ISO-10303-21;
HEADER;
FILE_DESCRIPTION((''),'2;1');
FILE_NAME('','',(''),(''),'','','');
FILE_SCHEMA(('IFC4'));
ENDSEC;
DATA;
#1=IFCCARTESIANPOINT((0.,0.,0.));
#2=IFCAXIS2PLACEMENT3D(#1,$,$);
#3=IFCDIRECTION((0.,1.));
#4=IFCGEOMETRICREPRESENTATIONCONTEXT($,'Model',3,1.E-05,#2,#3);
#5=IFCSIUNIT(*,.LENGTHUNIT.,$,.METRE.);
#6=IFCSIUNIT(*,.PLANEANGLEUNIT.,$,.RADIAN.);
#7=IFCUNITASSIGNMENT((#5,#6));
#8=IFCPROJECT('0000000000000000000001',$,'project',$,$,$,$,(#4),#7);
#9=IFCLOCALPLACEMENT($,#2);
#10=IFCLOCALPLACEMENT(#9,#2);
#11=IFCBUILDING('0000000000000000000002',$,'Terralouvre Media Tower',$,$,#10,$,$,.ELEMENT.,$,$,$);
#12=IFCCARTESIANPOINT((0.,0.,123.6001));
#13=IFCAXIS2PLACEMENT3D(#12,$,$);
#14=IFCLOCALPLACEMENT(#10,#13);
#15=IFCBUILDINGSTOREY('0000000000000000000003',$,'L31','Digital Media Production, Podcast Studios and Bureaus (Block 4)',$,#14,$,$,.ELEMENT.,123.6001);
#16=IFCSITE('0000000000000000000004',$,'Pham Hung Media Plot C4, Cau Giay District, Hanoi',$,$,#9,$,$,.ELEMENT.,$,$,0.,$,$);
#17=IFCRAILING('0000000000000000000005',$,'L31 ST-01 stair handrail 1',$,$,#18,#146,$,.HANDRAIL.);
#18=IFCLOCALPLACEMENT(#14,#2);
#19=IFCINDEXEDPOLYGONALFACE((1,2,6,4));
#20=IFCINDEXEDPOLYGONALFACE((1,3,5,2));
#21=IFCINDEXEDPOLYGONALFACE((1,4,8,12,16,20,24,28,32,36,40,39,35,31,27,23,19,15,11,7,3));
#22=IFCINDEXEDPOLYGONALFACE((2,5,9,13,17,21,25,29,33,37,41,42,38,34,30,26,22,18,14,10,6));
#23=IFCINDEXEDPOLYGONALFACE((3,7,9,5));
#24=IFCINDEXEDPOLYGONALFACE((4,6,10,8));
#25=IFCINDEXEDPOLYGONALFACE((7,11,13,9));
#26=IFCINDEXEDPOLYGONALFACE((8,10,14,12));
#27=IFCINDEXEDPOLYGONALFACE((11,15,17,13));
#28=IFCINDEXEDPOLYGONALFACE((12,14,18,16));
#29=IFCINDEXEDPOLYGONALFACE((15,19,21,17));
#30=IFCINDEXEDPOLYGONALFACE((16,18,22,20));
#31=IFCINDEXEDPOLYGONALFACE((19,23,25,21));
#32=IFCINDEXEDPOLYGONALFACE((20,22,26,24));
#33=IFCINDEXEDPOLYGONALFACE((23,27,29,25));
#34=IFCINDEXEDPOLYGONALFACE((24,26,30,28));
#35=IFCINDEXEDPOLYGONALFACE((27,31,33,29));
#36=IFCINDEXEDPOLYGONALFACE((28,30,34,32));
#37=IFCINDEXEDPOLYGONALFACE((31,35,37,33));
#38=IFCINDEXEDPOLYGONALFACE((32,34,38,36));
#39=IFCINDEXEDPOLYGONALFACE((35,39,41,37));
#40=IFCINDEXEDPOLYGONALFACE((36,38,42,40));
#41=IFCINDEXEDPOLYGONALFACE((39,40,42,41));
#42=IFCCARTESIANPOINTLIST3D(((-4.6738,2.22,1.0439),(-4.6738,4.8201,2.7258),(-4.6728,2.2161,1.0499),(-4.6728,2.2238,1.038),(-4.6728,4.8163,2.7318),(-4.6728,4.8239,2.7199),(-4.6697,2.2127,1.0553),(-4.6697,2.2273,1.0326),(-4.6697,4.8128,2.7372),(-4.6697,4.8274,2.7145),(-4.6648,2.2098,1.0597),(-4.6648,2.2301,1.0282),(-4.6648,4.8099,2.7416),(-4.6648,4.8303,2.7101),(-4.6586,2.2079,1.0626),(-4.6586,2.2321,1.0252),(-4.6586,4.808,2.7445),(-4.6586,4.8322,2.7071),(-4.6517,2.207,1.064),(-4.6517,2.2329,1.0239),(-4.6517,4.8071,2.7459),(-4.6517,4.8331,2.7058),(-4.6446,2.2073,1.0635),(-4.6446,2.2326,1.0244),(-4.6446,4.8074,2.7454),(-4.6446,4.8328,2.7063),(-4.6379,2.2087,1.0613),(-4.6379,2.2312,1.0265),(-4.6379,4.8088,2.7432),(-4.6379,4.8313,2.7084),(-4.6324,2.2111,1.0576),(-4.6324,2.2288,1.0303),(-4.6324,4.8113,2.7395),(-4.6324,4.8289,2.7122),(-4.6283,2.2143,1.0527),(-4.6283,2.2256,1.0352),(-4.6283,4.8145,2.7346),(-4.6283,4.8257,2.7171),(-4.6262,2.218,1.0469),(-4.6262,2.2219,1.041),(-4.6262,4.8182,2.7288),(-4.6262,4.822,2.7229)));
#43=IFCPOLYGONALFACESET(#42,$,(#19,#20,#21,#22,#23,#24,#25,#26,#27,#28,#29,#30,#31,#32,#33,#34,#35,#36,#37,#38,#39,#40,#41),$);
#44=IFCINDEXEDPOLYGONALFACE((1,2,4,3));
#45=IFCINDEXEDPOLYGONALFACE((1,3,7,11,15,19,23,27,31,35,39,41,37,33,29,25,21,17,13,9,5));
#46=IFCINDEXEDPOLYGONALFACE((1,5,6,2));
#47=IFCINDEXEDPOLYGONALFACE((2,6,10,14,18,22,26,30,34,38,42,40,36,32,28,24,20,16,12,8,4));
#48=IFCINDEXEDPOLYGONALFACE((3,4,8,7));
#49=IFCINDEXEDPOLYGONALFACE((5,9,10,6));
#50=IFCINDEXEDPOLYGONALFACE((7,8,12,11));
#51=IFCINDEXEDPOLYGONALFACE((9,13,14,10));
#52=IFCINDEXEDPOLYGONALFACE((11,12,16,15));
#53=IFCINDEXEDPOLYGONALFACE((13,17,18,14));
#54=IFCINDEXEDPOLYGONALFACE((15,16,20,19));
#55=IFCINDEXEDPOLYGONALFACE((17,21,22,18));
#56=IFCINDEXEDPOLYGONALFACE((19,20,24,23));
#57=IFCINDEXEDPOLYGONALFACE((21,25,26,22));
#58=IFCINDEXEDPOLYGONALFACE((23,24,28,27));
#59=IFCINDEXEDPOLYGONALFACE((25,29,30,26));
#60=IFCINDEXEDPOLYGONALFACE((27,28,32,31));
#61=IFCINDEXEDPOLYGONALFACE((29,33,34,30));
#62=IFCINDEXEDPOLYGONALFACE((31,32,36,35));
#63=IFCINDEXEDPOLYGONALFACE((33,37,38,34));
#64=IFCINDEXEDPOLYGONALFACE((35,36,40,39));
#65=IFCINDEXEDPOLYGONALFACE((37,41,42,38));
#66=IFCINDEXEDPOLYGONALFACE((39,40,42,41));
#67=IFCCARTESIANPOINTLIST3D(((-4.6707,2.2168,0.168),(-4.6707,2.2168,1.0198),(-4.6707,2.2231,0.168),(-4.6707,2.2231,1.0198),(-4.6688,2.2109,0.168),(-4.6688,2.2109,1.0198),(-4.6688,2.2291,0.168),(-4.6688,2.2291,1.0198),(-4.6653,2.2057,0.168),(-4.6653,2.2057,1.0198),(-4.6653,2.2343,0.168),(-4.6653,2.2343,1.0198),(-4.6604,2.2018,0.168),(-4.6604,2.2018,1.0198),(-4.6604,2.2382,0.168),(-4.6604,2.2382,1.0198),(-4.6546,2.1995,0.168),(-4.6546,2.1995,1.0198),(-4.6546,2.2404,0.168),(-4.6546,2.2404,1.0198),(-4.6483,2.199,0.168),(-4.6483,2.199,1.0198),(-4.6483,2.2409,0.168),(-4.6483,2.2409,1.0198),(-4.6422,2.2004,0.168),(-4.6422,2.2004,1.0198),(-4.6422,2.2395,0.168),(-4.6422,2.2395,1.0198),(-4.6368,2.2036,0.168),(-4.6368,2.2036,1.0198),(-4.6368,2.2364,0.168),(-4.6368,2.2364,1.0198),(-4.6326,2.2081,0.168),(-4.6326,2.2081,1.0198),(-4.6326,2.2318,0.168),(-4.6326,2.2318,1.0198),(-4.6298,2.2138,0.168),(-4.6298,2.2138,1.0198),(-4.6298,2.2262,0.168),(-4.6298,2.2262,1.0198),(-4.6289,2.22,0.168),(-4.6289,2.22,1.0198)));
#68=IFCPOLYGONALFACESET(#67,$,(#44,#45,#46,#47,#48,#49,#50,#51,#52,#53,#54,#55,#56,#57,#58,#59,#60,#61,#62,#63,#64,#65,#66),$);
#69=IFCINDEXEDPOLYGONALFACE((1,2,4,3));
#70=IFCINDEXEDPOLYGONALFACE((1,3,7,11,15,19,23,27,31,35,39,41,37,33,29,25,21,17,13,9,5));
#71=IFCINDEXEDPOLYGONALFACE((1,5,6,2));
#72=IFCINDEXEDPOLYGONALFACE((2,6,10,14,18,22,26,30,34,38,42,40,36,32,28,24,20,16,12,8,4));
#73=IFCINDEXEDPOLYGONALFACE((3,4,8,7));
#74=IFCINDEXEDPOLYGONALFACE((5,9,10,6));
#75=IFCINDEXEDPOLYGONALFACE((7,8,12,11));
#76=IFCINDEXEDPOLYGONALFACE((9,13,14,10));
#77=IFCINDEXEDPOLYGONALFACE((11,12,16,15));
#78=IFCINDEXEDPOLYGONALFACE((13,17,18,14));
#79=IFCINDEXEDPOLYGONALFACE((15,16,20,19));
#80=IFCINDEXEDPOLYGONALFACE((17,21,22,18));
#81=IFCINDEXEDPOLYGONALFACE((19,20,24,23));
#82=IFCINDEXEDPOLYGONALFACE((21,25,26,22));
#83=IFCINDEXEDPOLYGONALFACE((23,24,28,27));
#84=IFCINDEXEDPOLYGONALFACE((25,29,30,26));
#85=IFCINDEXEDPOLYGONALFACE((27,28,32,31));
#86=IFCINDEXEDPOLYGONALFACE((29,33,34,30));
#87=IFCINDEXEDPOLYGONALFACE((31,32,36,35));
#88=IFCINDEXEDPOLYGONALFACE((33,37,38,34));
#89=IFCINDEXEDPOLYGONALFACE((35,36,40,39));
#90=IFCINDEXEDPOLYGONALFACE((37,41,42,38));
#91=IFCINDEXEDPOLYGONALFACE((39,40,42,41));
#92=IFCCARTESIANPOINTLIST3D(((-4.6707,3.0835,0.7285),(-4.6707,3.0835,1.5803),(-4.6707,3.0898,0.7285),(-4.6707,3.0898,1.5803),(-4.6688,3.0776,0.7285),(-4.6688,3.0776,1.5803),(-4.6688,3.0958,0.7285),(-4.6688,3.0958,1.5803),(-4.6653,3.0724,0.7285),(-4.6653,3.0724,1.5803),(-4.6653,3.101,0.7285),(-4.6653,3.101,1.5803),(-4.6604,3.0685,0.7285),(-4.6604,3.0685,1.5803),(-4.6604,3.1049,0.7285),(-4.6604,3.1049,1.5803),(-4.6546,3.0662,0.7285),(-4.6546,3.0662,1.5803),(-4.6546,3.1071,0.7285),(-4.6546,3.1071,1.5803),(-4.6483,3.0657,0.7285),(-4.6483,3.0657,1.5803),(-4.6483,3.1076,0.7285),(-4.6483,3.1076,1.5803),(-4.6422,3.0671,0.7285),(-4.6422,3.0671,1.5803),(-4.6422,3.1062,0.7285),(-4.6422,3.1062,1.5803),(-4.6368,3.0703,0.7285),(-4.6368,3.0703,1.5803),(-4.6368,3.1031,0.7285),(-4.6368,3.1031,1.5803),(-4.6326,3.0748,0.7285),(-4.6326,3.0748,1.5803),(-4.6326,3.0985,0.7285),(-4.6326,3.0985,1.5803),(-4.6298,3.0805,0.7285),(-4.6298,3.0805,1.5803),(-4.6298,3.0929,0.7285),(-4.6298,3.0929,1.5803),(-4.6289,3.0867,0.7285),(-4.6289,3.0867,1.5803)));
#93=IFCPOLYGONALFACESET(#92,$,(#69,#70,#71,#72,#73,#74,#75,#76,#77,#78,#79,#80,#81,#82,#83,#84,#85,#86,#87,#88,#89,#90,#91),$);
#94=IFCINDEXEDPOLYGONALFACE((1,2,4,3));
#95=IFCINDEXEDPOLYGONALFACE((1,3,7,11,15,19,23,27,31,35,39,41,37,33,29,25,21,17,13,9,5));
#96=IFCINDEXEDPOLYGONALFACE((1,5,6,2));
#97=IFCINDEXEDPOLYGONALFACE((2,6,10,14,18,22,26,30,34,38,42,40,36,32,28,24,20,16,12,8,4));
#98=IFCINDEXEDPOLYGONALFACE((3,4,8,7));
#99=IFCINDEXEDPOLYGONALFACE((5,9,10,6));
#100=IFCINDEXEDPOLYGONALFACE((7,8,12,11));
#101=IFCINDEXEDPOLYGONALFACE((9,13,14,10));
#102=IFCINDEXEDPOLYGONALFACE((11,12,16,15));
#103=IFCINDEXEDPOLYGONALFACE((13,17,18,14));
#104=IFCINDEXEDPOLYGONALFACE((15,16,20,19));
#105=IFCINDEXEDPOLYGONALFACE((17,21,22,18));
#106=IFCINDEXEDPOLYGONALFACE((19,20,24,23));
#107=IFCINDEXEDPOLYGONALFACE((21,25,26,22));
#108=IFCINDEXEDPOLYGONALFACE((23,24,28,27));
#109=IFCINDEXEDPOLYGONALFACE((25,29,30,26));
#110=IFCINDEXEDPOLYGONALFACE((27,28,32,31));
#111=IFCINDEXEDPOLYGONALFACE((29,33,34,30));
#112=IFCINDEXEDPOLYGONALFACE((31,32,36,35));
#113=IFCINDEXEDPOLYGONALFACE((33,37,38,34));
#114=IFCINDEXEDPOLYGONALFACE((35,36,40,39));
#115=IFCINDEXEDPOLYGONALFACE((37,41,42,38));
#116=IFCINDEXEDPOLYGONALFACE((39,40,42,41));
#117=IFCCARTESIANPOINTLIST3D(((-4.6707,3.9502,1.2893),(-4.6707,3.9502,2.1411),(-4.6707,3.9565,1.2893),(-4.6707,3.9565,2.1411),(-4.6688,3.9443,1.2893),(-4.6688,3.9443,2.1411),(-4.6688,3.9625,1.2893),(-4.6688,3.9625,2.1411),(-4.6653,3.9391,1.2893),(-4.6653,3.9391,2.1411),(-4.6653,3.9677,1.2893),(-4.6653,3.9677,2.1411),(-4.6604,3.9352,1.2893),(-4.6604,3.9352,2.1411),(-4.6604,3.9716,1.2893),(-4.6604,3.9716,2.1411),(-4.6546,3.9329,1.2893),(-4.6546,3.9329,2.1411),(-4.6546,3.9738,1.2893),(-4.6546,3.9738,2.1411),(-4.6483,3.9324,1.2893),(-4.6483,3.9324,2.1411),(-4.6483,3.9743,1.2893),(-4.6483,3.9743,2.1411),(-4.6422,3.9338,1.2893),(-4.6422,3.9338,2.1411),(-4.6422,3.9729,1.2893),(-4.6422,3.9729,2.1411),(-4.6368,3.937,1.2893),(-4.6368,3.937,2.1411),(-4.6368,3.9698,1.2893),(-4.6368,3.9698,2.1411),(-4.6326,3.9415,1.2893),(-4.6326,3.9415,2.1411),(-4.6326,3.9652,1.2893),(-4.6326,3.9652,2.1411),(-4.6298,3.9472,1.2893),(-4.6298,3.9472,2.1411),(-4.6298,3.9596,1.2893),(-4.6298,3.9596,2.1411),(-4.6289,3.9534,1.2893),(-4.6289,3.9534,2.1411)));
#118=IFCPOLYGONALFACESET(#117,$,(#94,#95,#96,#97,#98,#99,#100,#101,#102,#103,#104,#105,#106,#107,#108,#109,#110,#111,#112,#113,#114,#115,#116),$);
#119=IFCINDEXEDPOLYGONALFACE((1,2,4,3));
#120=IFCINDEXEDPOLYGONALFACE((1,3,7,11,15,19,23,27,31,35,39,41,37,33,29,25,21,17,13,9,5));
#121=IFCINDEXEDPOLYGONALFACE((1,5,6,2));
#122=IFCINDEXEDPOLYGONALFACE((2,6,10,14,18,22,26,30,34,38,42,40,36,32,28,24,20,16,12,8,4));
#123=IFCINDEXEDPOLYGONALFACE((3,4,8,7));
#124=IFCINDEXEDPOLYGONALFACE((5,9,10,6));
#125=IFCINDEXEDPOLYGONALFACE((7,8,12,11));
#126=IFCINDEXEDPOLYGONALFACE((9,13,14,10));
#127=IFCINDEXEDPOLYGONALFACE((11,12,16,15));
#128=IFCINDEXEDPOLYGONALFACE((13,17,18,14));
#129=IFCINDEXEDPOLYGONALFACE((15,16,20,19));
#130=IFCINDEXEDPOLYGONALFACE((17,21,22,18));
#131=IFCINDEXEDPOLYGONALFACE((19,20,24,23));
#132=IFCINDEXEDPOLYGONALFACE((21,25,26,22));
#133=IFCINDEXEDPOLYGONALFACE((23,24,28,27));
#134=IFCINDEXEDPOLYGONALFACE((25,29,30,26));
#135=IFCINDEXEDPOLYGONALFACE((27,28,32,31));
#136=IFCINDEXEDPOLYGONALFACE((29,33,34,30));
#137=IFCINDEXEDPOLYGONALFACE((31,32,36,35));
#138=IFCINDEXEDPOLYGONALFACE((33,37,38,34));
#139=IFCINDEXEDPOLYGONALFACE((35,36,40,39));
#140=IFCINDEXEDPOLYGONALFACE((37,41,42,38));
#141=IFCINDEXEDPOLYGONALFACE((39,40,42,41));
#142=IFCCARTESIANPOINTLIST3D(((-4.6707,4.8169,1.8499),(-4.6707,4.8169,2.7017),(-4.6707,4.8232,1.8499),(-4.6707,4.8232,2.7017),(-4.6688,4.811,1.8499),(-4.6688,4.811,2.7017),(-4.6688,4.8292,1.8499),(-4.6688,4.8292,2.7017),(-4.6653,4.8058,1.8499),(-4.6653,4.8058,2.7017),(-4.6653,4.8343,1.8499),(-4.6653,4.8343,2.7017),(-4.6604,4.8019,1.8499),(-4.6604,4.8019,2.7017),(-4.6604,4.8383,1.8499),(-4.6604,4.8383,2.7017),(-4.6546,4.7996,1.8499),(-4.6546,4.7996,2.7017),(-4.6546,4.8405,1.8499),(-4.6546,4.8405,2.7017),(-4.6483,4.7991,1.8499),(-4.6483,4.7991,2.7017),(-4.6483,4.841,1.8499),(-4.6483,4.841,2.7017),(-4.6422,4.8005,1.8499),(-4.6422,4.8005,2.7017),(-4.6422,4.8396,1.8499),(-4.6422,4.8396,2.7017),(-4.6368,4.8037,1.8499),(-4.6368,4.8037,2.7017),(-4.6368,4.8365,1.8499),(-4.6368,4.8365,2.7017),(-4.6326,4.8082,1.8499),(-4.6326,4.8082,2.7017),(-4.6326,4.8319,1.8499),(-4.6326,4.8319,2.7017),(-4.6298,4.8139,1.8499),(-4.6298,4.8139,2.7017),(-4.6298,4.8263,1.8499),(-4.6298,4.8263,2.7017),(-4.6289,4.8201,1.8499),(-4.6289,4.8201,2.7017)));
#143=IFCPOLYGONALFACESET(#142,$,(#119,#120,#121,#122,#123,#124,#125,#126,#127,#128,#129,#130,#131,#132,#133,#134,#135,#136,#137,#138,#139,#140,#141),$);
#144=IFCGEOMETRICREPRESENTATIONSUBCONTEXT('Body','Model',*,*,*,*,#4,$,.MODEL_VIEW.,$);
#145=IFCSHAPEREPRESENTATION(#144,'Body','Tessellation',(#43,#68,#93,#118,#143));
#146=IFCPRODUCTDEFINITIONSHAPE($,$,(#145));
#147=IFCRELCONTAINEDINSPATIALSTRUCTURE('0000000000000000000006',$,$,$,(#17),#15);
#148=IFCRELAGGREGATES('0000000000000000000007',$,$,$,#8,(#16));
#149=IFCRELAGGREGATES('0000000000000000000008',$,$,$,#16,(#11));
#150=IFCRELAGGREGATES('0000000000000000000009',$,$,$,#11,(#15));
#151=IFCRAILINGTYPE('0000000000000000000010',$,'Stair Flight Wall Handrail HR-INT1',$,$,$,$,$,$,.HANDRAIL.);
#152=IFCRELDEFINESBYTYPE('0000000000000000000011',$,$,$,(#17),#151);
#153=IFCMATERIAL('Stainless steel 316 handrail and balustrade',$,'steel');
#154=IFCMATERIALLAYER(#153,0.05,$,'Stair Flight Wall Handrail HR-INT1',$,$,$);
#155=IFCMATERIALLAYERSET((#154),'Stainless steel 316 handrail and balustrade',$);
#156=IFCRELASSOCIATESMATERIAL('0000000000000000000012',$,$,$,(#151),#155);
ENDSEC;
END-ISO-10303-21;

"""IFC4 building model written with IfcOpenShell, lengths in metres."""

from ifc_helpers import new_model, si_unit, direction, frame, origin, origin_2d, place, context, subcontext, project, spatial, circle, extrude, material, layer, layer_set, type_object, element, save


model = new_model("IFC4")

# Units and contexts
model_context = context("Model", 3, precision=1e-05, world=origin(), true_north=direction((0.0, 1.0)))
body_context = subcontext(model_context, "Body", "Model", "MODEL_VIEW")
ifc_project = project(units=[si_unit("LENGTHUNIT", "METRE"), si_unit("PLANEANGLEUNIT", "RADIAN")], contexts=[model_context])

# Site, building, storey
site_placement = place(None, origin())
site = spatial("IfcSite", under=ifc_project, at=site_placement, Name="Pham Hung Media Plot C4, Cau Giay District, Hanoi", CompositionType="ELEMENT", RefElevation=0.0)
building_placement = place(site_placement, origin())
building = spatial("IfcBuilding", under=site, at=building_placement, Name="Terralouvre Media Tower", CompositionType="ELEMENT")
storey_placement = place(building_placement, frame((0.0, 0.0, 123.6001)))
storey = spatial("IfcBuildingStorey", under=building, at=storey_placement, Name="L31", Description="Digital Media Production, Podcast Studios and Bureaus (Block 4)", CompositionType="ELEMENT", Elevation=123.6001)

# Railing
ifc_material_1 = material(Name="Stainless steel 316 handrail and balustrade", Category="steel")
ifc_layer_1 = layer(ifc_material_1, 0.05, Name="Stair Flight Wall Handrail HR-INT1")
ifc_layer_set_1 = layer_set([ifc_layer_1], Name="Stainless steel 316 handrail and balustrade")
railing_type_1 = type_object("IfcRailingType", Name="Stair Flight Wall Handrail HR-INT1", PredefinedType="HANDRAIL", material=ifc_layer_set_1)
railing_1_placement = place(storey_placement, frame((-4.6499, 2.22, 0.168)))
element("IfcRailing", 1, at=railing_1_placement, inside=storey, type_object=railing_type_1, Name="L31 ST-01 stair handrail 1", PredefinedType="HANDRAIL", context=body_context, shape_type="SweptSolid", body=[
    extrude(circle(Radius=0.0239, at=origin_2d()), frame((0.0, 0.0, 0.876), z_axis=(0.0, 0.839648, 0.54313), x_axis=(-1.0, 0.0, 0.0)), (0.0, 0.0, 1.0), 3.0967),
    extrude(circle(Radius=0.021, at=origin_2d()), origin(), (0.0, 0.0, 1.0), 0.8518),
    extrude(circle(Radius=0.021, at=origin_2d()), frame((0.0, 0.8667, 0.5605)), (0.0, 0.0, 1.0), 0.8518),
    extrude(circle(Radius=0.021, at=origin_2d()), frame((0.0, 1.7334, 1.1213)), (0.0, 0.0, 1.0), 0.8518),
    extrude(circle(Radius=0.021, at=origin_2d()), frame((0.0, 2.6001, 1.6819)), (0.0, 0.0, 1.0), 0.8518),
])

save(model, "model.ifc")
